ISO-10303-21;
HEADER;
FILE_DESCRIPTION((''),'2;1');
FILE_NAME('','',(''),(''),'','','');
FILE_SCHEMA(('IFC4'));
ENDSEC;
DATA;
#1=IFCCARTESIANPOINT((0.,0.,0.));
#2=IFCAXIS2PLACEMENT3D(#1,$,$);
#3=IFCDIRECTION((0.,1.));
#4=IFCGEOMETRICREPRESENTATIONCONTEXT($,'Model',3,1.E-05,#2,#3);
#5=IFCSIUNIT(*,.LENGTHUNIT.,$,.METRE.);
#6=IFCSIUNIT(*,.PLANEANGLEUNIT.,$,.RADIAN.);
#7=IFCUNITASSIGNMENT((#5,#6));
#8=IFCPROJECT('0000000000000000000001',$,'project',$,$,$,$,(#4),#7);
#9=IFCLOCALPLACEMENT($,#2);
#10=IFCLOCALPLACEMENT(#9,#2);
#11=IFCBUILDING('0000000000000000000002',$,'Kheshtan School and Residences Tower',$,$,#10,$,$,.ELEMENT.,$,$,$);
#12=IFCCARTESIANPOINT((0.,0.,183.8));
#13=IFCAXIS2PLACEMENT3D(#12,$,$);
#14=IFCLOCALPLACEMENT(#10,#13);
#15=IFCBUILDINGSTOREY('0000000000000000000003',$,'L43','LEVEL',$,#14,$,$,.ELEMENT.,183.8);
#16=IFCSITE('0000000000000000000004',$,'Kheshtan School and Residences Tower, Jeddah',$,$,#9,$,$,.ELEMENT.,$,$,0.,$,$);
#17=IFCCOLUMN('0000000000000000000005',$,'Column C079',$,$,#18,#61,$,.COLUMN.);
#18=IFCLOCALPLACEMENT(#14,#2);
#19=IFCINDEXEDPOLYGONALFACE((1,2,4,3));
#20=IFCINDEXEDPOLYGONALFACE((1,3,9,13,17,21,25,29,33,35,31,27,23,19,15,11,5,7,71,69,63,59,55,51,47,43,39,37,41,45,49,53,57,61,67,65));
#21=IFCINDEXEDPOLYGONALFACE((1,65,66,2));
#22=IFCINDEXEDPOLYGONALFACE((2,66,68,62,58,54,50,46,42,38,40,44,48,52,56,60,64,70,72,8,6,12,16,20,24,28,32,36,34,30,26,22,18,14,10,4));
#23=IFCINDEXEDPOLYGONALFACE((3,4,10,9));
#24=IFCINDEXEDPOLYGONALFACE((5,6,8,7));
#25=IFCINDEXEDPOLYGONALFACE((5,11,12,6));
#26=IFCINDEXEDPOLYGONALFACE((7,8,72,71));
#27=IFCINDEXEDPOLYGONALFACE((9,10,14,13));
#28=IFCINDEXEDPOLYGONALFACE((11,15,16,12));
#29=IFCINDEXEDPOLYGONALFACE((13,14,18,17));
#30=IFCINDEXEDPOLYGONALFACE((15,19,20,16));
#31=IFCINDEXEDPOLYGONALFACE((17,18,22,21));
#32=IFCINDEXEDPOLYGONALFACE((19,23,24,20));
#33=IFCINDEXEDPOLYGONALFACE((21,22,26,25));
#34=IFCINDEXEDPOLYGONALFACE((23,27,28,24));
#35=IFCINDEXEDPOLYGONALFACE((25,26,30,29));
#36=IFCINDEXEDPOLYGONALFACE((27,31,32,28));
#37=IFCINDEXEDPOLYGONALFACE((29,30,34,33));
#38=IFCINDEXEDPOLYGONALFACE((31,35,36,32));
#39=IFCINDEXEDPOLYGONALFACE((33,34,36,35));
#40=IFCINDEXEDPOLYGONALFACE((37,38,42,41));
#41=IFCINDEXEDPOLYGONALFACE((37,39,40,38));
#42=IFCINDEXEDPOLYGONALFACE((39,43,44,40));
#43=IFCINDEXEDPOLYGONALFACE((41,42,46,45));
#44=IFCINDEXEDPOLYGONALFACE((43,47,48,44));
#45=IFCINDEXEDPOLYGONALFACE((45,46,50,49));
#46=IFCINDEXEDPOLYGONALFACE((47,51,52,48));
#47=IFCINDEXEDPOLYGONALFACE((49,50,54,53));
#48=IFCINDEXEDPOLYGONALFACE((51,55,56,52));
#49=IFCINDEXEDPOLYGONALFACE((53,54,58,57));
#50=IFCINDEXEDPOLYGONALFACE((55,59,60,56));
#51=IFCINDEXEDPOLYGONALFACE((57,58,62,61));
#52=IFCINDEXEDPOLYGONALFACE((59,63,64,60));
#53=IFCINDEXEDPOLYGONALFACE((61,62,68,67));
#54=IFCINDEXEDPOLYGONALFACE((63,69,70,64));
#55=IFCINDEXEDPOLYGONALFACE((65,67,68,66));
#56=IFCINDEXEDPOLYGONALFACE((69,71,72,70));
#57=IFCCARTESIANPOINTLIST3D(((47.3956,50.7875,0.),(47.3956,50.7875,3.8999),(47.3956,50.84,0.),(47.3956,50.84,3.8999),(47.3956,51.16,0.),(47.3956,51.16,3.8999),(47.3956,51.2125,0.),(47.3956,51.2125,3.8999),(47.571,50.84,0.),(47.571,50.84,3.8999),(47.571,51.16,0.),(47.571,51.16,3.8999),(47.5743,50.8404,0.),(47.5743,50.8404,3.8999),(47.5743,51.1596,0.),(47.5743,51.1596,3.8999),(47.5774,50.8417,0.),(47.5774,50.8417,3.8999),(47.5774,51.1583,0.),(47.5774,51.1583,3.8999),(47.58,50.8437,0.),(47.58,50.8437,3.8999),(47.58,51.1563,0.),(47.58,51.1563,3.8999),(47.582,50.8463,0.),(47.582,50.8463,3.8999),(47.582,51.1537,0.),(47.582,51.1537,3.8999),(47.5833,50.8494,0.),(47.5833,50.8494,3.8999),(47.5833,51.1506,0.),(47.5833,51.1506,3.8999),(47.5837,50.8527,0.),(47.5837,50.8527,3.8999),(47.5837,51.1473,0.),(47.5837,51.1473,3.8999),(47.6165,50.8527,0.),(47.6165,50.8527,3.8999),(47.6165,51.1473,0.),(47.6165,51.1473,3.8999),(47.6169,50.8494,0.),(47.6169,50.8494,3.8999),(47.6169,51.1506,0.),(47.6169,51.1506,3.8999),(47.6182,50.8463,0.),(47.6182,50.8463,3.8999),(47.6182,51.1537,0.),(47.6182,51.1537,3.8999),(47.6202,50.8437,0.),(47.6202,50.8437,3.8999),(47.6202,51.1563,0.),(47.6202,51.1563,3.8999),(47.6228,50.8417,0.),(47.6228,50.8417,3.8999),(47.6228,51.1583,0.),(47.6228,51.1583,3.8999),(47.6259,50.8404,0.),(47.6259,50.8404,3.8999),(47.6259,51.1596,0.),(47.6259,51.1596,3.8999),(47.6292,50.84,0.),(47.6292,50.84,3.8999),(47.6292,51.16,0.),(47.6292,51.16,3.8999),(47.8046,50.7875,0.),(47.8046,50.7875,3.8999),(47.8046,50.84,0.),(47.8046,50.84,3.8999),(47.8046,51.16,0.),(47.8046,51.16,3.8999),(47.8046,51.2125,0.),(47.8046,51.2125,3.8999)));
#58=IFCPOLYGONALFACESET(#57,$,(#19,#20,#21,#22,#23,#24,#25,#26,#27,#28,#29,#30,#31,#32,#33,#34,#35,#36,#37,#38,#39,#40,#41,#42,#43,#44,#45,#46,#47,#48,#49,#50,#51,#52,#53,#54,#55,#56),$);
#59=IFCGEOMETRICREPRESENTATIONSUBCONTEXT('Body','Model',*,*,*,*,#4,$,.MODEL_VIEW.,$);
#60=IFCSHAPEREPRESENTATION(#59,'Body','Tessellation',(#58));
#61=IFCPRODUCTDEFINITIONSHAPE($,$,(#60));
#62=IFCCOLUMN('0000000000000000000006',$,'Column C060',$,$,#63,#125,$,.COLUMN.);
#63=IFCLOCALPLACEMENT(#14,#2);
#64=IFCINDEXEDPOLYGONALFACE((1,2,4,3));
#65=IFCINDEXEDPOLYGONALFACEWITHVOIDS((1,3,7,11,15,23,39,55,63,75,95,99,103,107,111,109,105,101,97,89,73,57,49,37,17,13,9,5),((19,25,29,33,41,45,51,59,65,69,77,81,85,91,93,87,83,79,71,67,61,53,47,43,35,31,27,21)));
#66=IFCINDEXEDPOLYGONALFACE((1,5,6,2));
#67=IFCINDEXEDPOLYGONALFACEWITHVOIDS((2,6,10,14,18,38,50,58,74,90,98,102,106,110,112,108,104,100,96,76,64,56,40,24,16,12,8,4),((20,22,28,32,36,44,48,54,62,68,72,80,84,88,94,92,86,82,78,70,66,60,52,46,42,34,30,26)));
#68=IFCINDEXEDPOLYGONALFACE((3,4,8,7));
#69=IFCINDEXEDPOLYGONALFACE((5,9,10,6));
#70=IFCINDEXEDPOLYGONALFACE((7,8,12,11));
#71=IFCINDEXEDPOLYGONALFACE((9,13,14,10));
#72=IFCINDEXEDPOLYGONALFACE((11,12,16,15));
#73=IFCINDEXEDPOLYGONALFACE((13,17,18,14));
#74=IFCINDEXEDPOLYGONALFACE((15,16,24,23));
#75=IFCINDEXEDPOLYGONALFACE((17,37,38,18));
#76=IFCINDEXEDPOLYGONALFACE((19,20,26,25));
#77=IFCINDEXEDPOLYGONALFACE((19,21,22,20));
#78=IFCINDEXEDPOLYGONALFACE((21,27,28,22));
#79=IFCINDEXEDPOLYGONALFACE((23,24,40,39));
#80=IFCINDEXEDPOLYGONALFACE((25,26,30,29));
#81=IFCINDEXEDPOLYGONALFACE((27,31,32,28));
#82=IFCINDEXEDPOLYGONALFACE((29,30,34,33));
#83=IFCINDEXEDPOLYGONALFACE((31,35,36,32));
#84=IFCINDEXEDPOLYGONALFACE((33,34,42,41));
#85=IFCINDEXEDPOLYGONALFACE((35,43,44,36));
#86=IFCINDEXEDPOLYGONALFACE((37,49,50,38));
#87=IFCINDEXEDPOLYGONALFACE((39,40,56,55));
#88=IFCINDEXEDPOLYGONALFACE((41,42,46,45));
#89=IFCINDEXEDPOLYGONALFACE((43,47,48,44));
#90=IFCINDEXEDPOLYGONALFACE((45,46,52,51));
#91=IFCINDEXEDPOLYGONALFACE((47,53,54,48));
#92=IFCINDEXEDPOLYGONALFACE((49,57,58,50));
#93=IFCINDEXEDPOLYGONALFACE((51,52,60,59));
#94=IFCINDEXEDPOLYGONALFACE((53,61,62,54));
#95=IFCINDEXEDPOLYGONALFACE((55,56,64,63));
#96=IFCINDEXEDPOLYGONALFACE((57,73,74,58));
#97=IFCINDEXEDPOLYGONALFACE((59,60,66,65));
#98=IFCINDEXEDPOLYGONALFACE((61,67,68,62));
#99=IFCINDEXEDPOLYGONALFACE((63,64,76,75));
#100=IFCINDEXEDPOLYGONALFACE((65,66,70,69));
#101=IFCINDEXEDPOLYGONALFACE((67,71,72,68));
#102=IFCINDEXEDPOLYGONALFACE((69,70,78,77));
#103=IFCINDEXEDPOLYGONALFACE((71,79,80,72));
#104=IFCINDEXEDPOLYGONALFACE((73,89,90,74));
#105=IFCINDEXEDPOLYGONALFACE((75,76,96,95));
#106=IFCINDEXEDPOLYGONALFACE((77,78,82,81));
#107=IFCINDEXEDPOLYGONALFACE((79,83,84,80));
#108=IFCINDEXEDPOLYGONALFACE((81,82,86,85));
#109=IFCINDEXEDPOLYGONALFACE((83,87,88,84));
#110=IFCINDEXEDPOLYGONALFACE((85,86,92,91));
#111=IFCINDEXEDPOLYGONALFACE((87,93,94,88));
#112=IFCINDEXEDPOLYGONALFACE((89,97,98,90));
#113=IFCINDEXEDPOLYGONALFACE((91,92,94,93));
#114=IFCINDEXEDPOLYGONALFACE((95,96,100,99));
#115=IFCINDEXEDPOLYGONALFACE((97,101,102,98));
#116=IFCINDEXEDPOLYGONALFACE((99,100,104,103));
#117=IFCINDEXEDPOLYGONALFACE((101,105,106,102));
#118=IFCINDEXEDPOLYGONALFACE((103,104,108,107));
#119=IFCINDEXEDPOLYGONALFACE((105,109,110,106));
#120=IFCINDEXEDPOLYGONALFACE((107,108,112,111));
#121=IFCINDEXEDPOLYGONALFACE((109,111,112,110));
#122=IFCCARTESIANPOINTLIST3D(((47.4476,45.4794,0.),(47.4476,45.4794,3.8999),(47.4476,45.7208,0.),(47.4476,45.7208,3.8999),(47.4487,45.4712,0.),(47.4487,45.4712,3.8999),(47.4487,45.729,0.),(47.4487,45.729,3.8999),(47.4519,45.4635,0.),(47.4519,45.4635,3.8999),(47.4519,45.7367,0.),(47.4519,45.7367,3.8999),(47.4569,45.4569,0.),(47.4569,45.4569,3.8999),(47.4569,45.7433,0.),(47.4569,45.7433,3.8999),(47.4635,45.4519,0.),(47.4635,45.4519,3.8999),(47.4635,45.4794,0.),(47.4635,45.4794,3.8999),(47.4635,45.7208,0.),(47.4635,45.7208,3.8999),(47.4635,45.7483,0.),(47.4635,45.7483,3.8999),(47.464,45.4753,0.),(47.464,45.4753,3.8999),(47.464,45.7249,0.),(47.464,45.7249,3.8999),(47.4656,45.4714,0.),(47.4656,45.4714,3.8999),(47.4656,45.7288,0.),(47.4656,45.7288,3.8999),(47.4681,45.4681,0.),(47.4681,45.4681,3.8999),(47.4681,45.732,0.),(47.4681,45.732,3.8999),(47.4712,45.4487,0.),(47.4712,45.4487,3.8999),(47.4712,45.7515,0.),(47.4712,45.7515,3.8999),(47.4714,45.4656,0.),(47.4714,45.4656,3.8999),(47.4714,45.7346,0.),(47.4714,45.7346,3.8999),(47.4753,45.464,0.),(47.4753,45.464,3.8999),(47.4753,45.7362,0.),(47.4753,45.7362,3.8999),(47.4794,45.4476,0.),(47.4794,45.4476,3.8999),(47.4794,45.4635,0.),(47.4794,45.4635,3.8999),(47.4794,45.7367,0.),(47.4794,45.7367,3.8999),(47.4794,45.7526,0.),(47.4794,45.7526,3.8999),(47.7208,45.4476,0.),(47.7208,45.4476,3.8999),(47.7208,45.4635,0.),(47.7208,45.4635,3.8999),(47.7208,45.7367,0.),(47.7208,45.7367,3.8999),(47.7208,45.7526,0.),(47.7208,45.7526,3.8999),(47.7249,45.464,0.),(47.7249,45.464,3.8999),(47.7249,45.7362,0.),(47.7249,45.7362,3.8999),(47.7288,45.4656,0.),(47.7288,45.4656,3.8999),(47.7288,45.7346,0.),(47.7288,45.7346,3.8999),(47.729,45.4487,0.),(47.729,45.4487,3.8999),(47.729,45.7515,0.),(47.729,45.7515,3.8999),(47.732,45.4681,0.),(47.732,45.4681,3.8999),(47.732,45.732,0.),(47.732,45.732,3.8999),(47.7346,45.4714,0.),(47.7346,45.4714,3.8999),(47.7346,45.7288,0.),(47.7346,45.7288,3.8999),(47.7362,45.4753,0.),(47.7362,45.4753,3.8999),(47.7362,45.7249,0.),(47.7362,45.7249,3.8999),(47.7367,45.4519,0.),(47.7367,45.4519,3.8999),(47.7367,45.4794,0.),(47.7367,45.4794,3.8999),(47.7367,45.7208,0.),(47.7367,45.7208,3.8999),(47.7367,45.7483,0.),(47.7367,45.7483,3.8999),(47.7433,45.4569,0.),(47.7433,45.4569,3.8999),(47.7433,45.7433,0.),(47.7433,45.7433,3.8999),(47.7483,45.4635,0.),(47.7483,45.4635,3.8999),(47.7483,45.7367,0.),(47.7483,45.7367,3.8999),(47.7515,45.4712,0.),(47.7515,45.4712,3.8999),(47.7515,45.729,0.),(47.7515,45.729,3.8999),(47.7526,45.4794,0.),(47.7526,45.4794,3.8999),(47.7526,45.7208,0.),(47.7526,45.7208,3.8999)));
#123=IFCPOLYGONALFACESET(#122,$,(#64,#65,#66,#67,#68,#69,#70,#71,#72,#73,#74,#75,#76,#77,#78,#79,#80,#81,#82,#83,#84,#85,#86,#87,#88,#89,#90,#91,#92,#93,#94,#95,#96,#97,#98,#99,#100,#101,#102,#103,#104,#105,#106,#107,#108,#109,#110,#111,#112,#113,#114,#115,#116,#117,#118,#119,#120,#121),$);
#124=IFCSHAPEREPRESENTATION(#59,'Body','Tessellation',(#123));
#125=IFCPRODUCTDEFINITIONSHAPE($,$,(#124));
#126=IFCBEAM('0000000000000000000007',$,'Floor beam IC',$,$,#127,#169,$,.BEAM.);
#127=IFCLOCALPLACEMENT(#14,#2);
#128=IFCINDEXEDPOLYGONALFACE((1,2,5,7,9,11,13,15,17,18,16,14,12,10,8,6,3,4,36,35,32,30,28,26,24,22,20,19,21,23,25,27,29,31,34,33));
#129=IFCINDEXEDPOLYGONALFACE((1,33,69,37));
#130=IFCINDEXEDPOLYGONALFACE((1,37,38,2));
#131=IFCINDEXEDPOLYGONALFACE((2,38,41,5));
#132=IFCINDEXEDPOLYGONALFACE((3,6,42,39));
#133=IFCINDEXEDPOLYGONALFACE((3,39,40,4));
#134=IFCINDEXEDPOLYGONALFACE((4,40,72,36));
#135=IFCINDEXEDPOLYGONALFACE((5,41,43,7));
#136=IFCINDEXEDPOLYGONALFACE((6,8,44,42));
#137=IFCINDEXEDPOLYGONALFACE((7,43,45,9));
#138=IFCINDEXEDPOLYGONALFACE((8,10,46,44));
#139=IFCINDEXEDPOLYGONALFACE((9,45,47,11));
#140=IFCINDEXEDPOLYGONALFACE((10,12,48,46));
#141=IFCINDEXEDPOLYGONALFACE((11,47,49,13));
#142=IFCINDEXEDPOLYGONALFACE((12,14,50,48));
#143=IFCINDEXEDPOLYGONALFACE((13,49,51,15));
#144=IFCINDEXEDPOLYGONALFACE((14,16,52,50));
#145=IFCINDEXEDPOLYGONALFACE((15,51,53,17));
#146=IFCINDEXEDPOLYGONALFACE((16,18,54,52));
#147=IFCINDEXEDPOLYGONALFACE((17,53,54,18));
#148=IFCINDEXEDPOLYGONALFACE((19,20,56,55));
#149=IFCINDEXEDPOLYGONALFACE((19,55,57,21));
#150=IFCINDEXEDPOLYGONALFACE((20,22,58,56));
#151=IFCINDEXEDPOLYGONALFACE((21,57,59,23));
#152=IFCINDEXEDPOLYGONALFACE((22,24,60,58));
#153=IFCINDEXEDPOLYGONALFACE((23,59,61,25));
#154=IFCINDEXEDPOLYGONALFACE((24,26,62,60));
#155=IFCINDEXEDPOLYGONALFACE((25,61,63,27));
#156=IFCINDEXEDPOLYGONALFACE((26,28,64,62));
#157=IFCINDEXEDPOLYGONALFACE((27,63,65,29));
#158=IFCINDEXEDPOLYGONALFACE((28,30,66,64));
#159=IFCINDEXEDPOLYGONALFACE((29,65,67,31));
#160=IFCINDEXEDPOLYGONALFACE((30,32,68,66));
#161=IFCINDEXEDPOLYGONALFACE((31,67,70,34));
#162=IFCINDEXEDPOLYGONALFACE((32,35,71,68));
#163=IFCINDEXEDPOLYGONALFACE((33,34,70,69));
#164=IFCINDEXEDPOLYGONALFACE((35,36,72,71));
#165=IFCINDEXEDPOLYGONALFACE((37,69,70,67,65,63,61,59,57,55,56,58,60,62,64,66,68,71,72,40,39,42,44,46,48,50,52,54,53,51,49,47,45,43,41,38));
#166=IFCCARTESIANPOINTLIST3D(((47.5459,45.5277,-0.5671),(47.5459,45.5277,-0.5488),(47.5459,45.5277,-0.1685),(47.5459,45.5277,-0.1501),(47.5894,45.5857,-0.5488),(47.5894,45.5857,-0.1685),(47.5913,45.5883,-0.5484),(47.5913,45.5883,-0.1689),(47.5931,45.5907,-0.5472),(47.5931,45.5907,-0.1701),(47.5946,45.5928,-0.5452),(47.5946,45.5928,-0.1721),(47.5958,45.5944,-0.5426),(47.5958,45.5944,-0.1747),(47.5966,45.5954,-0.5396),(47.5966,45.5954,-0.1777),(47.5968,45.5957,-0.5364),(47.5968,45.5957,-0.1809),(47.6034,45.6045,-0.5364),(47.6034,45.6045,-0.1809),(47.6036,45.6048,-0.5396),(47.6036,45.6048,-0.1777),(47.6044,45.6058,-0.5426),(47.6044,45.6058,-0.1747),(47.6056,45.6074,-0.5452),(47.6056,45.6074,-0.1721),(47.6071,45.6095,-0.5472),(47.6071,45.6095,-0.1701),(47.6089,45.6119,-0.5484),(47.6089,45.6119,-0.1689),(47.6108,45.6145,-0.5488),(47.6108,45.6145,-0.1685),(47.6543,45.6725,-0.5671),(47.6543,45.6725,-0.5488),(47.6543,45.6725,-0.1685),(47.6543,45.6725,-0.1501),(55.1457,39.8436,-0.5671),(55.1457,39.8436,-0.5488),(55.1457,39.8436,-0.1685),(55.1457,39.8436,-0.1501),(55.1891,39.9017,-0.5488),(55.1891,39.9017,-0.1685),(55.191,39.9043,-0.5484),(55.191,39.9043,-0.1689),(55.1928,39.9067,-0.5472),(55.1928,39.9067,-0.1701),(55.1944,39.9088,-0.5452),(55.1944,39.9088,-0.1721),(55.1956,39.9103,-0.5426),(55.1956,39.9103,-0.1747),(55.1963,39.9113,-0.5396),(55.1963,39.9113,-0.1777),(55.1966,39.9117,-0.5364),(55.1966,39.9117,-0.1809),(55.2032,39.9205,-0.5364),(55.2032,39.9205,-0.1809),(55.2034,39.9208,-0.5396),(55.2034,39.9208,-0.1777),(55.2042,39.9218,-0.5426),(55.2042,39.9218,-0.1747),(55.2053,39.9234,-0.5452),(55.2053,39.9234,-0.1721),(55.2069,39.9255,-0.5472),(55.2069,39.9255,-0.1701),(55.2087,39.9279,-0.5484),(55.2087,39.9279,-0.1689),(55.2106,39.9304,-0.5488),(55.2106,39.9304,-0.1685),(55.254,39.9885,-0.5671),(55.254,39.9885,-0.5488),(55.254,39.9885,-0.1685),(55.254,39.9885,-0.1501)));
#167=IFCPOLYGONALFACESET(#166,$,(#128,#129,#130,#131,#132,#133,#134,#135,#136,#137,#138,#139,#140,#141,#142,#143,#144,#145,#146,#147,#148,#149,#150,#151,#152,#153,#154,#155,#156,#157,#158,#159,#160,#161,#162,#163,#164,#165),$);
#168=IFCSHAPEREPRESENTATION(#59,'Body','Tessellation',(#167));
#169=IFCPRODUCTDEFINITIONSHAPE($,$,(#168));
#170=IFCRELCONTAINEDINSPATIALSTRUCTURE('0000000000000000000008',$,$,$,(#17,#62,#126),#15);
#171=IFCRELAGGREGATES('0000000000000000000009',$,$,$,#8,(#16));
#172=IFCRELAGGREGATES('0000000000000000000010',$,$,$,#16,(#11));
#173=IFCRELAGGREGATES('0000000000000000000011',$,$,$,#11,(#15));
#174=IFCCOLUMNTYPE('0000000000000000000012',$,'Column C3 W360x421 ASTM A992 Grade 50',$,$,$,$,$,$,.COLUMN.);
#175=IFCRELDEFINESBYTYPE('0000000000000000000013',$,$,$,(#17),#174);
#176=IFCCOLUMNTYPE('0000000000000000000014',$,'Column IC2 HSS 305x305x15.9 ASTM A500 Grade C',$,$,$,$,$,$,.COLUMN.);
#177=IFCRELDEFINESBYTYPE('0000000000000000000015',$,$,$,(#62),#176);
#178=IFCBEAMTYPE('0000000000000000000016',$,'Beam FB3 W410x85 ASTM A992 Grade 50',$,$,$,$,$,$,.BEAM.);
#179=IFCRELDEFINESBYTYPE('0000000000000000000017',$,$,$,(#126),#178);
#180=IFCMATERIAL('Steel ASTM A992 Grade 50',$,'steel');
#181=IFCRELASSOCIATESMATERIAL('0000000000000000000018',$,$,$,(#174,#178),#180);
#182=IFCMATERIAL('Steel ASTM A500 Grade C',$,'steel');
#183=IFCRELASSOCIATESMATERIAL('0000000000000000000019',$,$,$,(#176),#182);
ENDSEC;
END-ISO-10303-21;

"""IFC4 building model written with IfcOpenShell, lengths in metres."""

from ifc_helpers import new_model, si_unit, direction, frame, origin, origin_2d, place, context, subcontext, project, spatial, hollow_rectangle, i_section, extrude, material, material_profile, profile_set, type_object, element, save


model = new_model("IFC4")

# Units and contexts
model_context = context("Model", 3, precision=1e-05, world=origin(), true_north=direction((0.0, 1.0)))
body_context = subcontext(model_context, "Body", "Model", "MODEL_VIEW")
ifc_project = project(units=[si_unit("LENGTHUNIT", "METRE"), si_unit("PLANEANGLEUNIT", "RADIAN")], contexts=[model_context])

# Site, building, storey
site_placement = place(None, origin())
site = spatial("IfcSite", under=ifc_project, at=site_placement, Name="Kheshtan School and Residences Tower, Jeddah", CompositionType="ELEMENT", RefElevation=0.0)
building_placement = place(site_placement, origin())
building = spatial("IfcBuilding", under=site, at=building_placement, Name="Kheshtan School and Residences Tower", CompositionType="ELEMENT")
storey_placement = place(building_placement, frame((0.0, 0.0, 183.8)))
storey = spatial("IfcBuildingStorey", under=building, at=storey_placement, Name="L43", Description="LEVEL", CompositionType="ELEMENT", Elevation=183.8)

# Columns
ifc_material_1 = material(Name="Steel ASTM A992 Grade 50", Category="steel")
ifc_material_profile_1 = material_profile(ifc_material_1, i_section(OverallWidth=0.4089, OverallDepth=0.425, WebThickness=0.0327, FlangeThickness=0.0525, FilletRadius=0.0127, at=origin_2d()), Name="W360x421")
ifc_profile_set_1 = profile_set([ifc_material_profile_1], Name="Steel ASTM A992 Grade 50")
column_type_1 = type_object("IfcColumnType", Name="Column C3 W360x421 ASTM A992 Grade 50", PredefinedType="COLUMN", material=ifc_profile_set_1)
column_1_placement = place(storey_placement, frame((47.6001, 51.0, 0.0), z_axis=(0.0, 0.0, 1.0), x_axis=(1.0, 0.0, 0.0)))
element("IfcColumn", 1, at=column_1_placement, inside=storey, type_object=column_type_1, Name="Column C079", PredefinedType="COLUMN", context=body_context, shape_type="SweptSolid", body=[
    extrude(i_section(OverallWidth=0.4089, OverallDepth=0.425, WebThickness=0.0327, FlangeThickness=0.0525, FilletRadius=0.0127, at=origin_2d()), origin(), (0.0, 0.0, 1.0), 3.8999),
])
ifc_material_2 = material(Name="Steel ASTM A500 Grade C", Category="steel")
ifc_material_profile_2 = material_profile(ifc_material_2, hollow_rectangle(XDim=0.3049, YDim=0.3049, WallThickness=0.0159, InnerFilletRadius=0.0159, OuterFilletRadius=0.0317, at=origin_2d()), Name="HSS 305x305x15.9")
ifc_profile_set_2 = profile_set([ifc_material_profile_2], Name="Steel ASTM A500 Grade C")
column_type_2 = type_object("IfcColumnType", Name="Column IC2 HSS 305x305x15.9 ASTM A500 Grade C", PredefinedType="COLUMN", material=ifc_profile_set_2)
column_2_placement = place(storey_placement, frame((47.6001, 45.6001, 0.0), z_axis=(0.0, 0.0, 1.0), x_axis=(1.0, 0.0, 0.0)))
element("IfcColumn", 2, at=column_2_placement, inside=storey, type_object=column_type_2, Name="Column C060", PredefinedType="COLUMN", context=body_context, shape_type="SweptSolid", body=[
    extrude(hollow_rectangle(XDim=0.3049, YDim=0.3049, WallThickness=0.0159, InnerFilletRadius=0.0159, OuterFilletRadius=0.0317, at=origin_2d()), origin(), (0.0, 0.0, 1.0), 3.8999),
])

# Beam
ifc_material_profile_3 = material_profile(ifc_material_1, i_section(OverallWidth=0.1809, OverallDepth=0.417, WebThickness=0.011, FlangeThickness=0.0183, FilletRadius=0.0125, at=origin_2d()), Name="W410x85")
ifc_profile_set_3 = profile_set([ifc_material_profile_3], Name="Steel ASTM A992 Grade 50")
beam_type_1 = type_object("IfcBeamType", Name="Beam FB3 W410x85 ASTM A992 Grade 50", PredefinedType="BEAM", material=ifc_profile_set_3)
beam_1_placement = place(storey_placement, frame((47.6001, 45.6001, -0.3586), z_axis=(0.800799, -0.598933, 0.0), x_axis=(0.598933, 0.800799, 0.0)))
element("IfcBeam", 3, at=beam_1_placement, inside=storey, type_object=beam_type_1, Name="Floor beam IC", PredefinedType="BEAM", context=body_context, shape_type="SweptSolid", body=[
    extrude(i_section(OverallWidth=0.1809, OverallDepth=0.417, WebThickness=0.011, FlangeThickness=0.0183, FilletRadius=0.0125, at=origin_2d()), origin(), (0.0, 0.0, 1.0), 9.4902),
])

save(model, "model.ifc")
